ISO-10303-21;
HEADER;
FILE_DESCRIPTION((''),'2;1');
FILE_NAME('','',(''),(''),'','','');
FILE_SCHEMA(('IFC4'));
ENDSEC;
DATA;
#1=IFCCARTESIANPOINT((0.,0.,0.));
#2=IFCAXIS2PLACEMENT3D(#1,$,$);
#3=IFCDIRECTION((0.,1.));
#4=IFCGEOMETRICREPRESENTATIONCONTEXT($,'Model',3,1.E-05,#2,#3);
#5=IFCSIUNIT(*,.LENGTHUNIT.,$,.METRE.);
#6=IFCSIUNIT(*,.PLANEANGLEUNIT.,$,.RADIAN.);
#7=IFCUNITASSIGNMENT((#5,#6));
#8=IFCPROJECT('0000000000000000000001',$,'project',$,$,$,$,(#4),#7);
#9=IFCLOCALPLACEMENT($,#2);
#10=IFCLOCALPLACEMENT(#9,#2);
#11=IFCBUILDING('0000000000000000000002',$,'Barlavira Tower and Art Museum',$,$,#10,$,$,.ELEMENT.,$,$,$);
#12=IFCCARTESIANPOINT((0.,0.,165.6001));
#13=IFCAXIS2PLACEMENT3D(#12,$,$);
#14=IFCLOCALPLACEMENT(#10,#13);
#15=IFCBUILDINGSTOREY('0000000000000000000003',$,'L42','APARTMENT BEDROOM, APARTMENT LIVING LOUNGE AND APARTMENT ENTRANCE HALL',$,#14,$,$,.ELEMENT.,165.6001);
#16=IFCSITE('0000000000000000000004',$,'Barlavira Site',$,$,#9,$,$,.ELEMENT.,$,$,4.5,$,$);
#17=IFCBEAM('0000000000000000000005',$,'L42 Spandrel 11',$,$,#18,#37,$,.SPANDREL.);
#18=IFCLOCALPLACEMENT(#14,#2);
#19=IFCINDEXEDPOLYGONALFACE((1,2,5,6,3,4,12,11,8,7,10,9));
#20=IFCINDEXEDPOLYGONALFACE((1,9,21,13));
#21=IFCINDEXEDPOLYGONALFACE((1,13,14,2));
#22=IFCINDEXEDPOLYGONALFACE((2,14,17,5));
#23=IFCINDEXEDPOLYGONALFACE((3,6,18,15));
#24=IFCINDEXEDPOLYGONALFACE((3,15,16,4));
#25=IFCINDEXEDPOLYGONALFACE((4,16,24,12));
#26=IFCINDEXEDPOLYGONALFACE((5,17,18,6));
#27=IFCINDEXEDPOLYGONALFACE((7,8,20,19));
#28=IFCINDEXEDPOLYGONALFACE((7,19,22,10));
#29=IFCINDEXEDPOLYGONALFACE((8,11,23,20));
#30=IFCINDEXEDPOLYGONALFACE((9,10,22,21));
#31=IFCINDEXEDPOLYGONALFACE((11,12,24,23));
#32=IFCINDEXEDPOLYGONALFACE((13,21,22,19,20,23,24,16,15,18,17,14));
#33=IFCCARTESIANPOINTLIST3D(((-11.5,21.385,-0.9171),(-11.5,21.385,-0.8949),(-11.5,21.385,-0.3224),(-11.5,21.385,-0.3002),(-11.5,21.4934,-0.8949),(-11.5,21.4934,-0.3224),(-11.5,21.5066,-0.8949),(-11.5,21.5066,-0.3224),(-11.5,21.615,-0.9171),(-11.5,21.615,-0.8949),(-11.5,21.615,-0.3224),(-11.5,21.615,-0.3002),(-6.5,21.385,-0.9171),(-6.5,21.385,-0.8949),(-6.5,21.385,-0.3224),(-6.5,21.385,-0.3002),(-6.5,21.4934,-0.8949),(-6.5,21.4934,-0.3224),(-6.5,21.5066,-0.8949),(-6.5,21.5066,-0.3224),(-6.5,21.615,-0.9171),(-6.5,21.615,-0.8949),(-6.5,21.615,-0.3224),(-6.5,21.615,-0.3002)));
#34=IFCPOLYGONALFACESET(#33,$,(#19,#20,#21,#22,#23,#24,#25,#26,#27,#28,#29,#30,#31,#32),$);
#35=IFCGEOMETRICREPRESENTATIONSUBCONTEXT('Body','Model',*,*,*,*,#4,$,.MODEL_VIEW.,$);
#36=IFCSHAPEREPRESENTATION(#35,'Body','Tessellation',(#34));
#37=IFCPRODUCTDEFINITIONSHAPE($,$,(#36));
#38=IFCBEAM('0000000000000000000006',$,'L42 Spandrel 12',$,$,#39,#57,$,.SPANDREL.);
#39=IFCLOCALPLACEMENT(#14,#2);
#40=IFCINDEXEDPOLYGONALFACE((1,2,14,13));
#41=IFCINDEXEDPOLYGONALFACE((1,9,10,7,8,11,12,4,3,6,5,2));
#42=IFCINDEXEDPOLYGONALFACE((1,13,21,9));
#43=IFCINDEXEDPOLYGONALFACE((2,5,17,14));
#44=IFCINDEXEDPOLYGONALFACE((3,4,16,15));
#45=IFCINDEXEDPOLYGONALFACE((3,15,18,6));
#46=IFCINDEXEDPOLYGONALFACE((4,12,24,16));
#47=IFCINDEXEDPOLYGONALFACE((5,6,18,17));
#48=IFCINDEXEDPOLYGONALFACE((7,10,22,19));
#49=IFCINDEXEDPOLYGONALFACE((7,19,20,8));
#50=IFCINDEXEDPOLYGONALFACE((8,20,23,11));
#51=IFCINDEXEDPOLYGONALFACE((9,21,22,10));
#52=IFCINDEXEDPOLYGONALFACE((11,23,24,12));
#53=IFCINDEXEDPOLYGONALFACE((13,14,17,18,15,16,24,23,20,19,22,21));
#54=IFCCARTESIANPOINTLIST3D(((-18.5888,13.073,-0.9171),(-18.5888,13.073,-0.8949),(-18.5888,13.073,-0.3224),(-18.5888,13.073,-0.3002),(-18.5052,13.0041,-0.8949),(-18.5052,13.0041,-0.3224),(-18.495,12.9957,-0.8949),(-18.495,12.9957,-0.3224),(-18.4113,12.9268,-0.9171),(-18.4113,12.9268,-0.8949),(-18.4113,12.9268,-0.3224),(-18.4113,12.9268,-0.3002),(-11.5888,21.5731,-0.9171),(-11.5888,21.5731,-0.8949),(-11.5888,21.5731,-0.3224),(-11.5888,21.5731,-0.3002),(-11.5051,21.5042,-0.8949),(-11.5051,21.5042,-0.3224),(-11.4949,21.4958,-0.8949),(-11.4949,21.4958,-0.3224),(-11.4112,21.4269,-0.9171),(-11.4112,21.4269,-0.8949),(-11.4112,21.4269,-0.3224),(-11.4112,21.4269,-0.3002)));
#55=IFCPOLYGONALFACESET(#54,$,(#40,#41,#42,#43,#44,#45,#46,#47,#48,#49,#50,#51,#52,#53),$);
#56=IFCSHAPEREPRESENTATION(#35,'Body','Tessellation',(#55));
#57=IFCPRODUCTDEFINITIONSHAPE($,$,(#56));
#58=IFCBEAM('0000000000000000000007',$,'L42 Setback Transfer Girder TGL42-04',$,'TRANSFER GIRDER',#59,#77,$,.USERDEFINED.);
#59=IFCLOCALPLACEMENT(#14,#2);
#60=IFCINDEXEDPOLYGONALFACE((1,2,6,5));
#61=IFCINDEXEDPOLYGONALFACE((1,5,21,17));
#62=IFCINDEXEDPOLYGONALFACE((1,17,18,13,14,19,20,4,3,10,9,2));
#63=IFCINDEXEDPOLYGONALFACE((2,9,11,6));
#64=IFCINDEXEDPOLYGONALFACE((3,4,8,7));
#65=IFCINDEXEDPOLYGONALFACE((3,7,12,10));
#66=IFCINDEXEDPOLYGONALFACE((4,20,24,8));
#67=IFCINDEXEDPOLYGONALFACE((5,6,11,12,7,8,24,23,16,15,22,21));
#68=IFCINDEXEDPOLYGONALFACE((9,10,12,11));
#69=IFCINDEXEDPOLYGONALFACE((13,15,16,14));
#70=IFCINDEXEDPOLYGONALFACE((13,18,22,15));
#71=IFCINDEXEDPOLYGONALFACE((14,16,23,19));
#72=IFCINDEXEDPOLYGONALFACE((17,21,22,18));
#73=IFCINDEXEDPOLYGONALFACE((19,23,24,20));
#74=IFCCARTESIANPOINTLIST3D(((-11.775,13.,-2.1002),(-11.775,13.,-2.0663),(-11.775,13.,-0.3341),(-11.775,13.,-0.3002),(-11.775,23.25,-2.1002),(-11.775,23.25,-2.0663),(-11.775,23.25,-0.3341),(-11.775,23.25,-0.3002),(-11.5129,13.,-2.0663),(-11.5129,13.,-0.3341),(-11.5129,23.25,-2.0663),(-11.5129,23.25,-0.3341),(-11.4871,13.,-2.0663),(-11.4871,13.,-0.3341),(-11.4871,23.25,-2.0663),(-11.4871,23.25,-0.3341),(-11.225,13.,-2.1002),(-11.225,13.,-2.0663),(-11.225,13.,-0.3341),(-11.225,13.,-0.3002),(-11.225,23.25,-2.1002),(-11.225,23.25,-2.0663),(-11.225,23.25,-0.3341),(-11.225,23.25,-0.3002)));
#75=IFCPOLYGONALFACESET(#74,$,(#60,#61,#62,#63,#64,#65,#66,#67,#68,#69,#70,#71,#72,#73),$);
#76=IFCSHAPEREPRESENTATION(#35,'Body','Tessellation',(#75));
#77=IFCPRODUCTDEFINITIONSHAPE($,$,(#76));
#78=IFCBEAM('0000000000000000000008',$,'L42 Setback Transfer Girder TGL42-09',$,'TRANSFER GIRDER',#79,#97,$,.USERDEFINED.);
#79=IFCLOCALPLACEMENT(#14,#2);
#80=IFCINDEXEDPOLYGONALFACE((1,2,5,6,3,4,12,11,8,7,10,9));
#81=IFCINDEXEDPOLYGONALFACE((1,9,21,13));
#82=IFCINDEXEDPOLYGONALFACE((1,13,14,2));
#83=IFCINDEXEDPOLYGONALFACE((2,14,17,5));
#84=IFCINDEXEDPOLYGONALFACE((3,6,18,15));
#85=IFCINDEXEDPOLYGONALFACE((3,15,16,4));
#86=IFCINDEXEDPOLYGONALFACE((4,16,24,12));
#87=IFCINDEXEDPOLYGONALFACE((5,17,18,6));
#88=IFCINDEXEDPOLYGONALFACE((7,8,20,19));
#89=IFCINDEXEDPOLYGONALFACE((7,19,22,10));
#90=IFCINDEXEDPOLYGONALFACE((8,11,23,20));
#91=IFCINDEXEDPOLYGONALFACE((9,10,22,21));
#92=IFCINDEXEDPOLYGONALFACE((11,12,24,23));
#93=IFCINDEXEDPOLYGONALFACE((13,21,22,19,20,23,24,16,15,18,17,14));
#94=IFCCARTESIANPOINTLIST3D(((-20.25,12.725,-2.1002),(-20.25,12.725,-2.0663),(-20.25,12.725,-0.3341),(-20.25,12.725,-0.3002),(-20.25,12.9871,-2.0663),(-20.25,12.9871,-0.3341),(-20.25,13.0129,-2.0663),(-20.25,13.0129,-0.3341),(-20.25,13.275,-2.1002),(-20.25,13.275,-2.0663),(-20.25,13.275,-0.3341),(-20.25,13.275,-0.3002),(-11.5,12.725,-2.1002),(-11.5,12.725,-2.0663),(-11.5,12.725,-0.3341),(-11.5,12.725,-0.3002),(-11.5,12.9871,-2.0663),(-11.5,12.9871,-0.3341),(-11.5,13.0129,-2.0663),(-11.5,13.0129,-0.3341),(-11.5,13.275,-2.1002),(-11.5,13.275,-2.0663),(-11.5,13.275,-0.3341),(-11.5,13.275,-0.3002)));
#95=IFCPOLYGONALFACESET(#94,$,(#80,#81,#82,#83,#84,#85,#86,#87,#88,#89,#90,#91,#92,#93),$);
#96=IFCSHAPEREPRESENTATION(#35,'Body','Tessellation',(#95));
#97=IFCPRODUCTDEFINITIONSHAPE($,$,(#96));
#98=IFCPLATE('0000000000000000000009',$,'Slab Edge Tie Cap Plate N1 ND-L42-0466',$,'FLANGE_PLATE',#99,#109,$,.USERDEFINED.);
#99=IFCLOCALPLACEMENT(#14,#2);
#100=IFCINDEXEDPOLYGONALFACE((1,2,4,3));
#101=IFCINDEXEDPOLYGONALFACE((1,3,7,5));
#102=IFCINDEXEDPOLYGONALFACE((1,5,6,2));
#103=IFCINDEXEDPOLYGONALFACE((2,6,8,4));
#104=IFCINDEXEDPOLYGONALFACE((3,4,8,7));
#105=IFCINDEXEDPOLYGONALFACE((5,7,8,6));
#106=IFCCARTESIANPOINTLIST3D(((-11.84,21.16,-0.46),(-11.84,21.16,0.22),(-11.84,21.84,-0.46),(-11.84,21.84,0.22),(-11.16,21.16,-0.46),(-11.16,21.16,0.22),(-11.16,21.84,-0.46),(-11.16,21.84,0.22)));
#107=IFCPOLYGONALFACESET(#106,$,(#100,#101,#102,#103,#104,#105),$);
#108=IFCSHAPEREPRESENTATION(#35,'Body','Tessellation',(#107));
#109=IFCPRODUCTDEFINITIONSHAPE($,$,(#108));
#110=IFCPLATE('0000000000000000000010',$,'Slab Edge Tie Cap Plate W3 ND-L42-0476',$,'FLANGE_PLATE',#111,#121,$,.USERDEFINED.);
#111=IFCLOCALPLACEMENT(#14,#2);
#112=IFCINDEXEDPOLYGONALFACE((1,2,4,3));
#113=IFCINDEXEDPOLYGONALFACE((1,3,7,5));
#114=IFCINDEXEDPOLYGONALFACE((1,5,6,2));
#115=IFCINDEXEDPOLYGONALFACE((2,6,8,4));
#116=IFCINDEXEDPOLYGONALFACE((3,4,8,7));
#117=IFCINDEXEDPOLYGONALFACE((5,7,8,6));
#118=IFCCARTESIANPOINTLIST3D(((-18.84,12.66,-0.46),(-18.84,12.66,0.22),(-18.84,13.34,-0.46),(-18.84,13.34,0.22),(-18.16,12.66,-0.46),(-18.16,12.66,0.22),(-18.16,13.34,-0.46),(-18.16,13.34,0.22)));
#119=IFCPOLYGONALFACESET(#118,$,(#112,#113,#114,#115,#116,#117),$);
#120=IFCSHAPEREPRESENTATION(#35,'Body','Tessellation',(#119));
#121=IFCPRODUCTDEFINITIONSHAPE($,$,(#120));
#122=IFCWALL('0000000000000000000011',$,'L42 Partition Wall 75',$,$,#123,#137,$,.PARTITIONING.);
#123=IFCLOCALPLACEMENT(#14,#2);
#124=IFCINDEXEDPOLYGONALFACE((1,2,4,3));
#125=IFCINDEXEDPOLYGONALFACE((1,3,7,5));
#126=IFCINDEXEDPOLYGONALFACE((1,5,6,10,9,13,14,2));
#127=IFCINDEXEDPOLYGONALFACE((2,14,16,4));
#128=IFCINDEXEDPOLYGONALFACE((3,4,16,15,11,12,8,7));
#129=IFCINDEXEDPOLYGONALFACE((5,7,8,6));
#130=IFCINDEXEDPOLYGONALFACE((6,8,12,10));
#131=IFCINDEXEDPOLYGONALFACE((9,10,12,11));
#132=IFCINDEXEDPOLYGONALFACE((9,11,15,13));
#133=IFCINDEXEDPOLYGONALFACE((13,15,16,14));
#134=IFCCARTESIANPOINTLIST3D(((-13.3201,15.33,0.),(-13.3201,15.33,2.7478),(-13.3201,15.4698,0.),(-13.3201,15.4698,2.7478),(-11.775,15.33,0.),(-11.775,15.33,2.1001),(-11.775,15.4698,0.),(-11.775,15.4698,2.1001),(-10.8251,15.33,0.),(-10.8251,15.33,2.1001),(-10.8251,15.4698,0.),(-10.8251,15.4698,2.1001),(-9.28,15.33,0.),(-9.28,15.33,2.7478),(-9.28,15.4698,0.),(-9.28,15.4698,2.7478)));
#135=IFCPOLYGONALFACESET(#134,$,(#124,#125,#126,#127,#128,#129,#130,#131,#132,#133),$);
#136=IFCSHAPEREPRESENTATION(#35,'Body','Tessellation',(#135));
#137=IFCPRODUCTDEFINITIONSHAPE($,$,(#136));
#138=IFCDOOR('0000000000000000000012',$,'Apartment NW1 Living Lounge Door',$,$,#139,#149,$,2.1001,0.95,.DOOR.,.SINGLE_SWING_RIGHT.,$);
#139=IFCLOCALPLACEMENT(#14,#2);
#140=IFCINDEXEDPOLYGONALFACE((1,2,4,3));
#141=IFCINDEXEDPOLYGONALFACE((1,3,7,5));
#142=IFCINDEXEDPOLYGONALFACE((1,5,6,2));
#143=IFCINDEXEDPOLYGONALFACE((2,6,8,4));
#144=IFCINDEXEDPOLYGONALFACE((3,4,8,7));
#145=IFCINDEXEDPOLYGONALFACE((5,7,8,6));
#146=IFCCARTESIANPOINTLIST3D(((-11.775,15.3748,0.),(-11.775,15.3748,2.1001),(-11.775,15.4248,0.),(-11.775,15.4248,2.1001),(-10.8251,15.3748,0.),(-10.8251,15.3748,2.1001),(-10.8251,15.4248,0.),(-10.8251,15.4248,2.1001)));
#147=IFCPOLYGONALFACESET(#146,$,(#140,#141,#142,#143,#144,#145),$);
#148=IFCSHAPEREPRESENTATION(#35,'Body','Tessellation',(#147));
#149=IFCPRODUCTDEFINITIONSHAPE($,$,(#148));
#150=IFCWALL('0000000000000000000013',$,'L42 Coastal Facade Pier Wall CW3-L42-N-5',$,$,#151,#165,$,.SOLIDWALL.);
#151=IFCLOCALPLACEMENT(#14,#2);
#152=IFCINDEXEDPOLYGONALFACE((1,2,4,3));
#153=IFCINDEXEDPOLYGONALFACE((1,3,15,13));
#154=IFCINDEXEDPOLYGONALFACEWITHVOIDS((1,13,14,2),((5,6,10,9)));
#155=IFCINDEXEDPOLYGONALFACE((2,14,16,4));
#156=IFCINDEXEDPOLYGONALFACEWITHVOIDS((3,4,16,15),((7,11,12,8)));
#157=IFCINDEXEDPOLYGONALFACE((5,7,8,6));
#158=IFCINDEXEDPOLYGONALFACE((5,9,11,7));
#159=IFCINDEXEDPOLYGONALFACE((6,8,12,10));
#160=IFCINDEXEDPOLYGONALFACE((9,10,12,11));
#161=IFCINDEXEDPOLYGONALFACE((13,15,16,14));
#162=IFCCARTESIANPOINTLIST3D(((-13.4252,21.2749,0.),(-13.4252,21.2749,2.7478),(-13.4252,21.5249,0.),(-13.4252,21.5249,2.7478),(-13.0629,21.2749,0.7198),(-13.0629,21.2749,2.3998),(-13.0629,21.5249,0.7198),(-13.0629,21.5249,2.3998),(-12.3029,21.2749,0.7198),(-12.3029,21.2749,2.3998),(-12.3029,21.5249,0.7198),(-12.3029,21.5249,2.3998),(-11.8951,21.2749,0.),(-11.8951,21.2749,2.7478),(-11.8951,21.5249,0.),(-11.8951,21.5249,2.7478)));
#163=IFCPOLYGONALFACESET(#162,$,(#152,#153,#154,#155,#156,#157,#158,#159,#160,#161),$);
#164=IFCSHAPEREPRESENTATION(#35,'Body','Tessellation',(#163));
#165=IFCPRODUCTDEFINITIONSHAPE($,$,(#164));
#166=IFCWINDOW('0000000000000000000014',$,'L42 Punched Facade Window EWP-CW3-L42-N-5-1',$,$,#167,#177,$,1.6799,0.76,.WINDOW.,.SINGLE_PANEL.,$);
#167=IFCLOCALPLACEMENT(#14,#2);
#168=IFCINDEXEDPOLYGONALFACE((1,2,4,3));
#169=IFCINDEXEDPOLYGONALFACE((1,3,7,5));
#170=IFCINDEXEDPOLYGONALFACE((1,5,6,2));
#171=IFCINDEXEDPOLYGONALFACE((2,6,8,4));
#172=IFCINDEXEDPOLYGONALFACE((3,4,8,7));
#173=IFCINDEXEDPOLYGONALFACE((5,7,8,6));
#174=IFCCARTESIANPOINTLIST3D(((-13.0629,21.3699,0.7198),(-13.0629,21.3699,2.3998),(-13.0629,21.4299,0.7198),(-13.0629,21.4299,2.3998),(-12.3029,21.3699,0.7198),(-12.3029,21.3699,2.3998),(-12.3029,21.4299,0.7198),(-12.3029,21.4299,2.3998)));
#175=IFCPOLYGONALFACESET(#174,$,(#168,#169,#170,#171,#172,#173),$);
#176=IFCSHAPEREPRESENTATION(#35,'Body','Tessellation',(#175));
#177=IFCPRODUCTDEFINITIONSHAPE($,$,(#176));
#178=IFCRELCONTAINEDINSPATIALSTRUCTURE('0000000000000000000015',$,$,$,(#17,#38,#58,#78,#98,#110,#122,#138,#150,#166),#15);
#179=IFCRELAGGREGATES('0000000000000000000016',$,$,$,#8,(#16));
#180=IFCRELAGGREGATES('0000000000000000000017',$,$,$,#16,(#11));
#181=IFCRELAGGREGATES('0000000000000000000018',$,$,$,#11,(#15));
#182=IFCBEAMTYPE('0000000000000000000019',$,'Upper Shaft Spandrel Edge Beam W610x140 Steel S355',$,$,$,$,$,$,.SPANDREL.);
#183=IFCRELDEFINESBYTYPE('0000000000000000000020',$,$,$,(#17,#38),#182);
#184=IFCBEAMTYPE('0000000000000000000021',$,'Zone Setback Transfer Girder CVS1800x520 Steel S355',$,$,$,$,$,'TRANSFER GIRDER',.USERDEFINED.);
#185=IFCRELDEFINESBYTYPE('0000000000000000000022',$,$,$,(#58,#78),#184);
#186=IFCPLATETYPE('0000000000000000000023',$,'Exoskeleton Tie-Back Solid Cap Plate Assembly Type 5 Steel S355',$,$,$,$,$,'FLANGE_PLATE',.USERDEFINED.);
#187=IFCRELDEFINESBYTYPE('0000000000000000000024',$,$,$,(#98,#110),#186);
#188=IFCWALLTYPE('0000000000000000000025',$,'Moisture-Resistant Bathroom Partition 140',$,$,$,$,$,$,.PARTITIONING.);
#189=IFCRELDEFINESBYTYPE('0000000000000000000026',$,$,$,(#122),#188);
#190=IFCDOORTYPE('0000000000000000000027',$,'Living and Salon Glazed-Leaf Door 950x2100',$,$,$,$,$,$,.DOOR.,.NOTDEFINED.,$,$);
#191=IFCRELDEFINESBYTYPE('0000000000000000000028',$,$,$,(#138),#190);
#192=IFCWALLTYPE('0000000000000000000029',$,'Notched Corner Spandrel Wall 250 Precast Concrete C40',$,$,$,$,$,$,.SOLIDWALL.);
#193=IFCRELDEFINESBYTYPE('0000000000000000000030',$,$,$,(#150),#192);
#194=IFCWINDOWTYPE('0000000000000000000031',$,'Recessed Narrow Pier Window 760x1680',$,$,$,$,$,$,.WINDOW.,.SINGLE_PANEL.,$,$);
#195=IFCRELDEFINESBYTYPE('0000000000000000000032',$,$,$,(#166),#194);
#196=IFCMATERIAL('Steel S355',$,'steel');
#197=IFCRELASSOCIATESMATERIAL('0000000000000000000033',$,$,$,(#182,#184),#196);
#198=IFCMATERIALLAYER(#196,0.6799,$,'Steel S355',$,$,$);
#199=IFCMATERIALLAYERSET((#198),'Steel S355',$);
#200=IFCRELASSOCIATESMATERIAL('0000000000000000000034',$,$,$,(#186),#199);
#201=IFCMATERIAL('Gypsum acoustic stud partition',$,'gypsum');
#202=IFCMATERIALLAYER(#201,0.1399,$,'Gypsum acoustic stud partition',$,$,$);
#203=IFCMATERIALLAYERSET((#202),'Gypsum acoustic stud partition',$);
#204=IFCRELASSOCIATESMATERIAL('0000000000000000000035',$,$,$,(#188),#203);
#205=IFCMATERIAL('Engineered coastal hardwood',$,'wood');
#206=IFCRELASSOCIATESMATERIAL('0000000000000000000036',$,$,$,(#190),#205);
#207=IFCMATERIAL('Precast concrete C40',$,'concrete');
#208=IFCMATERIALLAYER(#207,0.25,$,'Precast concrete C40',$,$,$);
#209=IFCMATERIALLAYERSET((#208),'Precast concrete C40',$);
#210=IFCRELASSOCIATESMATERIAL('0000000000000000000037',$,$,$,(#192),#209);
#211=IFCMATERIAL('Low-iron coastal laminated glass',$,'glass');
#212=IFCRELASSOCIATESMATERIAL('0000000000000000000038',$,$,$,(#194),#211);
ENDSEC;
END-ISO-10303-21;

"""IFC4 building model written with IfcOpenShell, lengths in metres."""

from ifc_helpers import new_model, si_unit, direction, frame, frame_2d, origin, origin_2d, place, context, subcontext, project, spatial, rectangle, i_section, extrude, material, layer, layer_set, material_profile, profile_set, type_object, element, fill, save


model = new_model("IFC4")

# Units and contexts
model_context = context("Model", 3, precision=1e-05, world=origin(), true_north=direction((0.0, 1.0)))
body_context = subcontext(model_context, "Body", "Model", "MODEL_VIEW")
ifc_project = project(units=[si_unit("LENGTHUNIT", "METRE"), si_unit("PLANEANGLEUNIT", "RADIAN")], contexts=[model_context])

# Site, building, storey
site_placement = place(None, origin())
site = spatial("IfcSite", under=ifc_project, at=site_placement, Name="Barlavira Site", CompositionType="ELEMENT", RefElevation=4.5)
building_placement = place(site_placement, origin())
building = spatial("IfcBuilding", under=site, at=building_placement, Name="Barlavira Tower and Art Museum", CompositionType="ELEMENT")
storey_placement = place(building_placement, frame((0.0, 0.0, 165.6001)))
storey = spatial("IfcBuildingStorey", under=building, at=storey_placement, Name="L42", Description="APARTMENT BEDROOM, APARTMENT LIVING LOUNGE AND APARTMENT ENTRANCE HALL", CompositionType="ELEMENT", Elevation=165.6001)

# Shared definitions
ifc_material_1 = material(Name="Steel S355", Category="steel")

# Beams
ifc_material_profile_1 = material_profile(ifc_material_1, i_section(OverallWidth=0.23, OverallDepth=0.6169, WebThickness=0.0132, FlangeThickness=0.0222, at=origin_2d()), Name="W610x140.0")
ifc_profile_set_1 = profile_set([ifc_material_profile_1], Name="Steel S355")
beam_type_1 = type_object("IfcBeamType", Name="Upper Shaft Spandrel Edge Beam W610x140 Steel S355", PredefinedType="SPANDREL", material=ifc_profile_set_1)
beam_1_placement = place(storey_placement, frame((-11.5, 21.5, -0.6086), z_axis=(1.0, 0.0, 0.0), x_axis=(0.0, 1.0, 0.0)))
element("IfcBeam", 1, at=beam_1_placement, inside=storey, type_object=beam_type_1, Name="L42 Spandrel 11", PredefinedType="SPANDREL", context=body_context, shape_type="SweptSolid", body=[
    extrude(i_section(OverallWidth=0.23, OverallDepth=0.6169, WebThickness=0.0132, FlangeThickness=0.0222, at=origin_2d()), origin(), (0.0, 0.0, 1.0), 5.0),
])
beam_2_placement = place(storey_placement, frame((-11.5, 21.5, -0.6086), z_axis=(-0.635707, -0.77193, 0.0), x_axis=(0.77193, -0.635707, 0.0)))
element("IfcBeam", 2, at=beam_2_placement, inside=storey, type_object=beam_type_1, Name="L42 Spandrel 12", PredefinedType="SPANDREL", context=body_context, shape_type="SweptSolid", body=[
    extrude(i_section(OverallWidth=0.23, OverallDepth=0.6169, WebThickness=0.0132, FlangeThickness=0.0222, at=origin_2d()), origin(), (0.0, 0.0, 1.0), 11.0115),
])
ifc_material_profile_2 = material_profile(ifc_material_1, i_section(OverallWidth=0.55, OverallDepth=1.8, WebThickness=0.0259, FlangeThickness=0.0339, at=origin_2d()), Name="CVS1800x520")
ifc_profile_set_2 = profile_set([ifc_material_profile_2], Name="Steel S355")
beam_type_2 = type_object("IfcBeamType", Name="Zone Setback Transfer Girder CVS1800x520 Steel S355", ElementType="TRANSFER GIRDER", PredefinedType="USERDEFINED", material=ifc_profile_set_2)
beam_3_placement = place(storey_placement, frame((-11.5, 13.0, -1.2002), z_axis=(0.0, 1.0, 0.0), x_axis=(-1.0, 0.0, 0.0)))
element("IfcBeam", 3, at=beam_3_placement, inside=storey, type_object=beam_type_2, Name="L42 Setback Transfer Girder TGL42-04", ObjectType="TRANSFER GIRDER", PredefinedType="USERDEFINED", context=body_context, shape_type="SweptSolid", body=[
    extrude(i_section(OverallWidth=0.55, OverallDepth=1.8, WebThickness=0.0259, FlangeThickness=0.0339, at=origin_2d()), origin(), (0.0, 0.0, 1.0), 10.25),
])
beam_4_placement = place(storey_placement, frame((-20.25, 13.0, -1.2002), z_axis=(1.0, 0.0, 0.0), x_axis=(0.0, 1.0, 0.0)))
element("IfcBeam", 4, at=beam_4_placement, inside=storey, type_object=beam_type_2, Name="L42 Setback Transfer Girder TGL42-09", ObjectType="TRANSFER GIRDER", PredefinedType="USERDEFINED", context=body_context, shape_type="SweptSolid", body=[
    extrude(i_section(OverallWidth=0.55, OverallDepth=1.8, WebThickness=0.0259, FlangeThickness=0.0339, at=origin_2d()), origin(), (0.0, 0.0, 1.0), 8.75),
])

# Plates
ifc_layer_1 = layer(ifc_material_1, 0.6799, Name="Steel S355")
ifc_layer_set_1 = layer_set([ifc_layer_1], Name="Steel S355")
plate_type = type_object("IfcPlateType", Name="Exoskeleton Tie-Back Solid Cap Plate Assembly Type 5 Steel S355", ElementType="FLANGE_PLATE", PredefinedType="USERDEFINED", material=ifc_layer_set_1)
for number, where, z_axis, x_axis, name in (
    (5, (-11.5, 21.5, -0.46), (0.0, 0.0, 1.0), (1.0, 0.0, 0.0), "Slab Edge Tie Cap Plate N1 ND-L42-0466"),
    (6, (-18.5, 13.0, -0.46), (0.0, 0.0, 1.0), (1.0, 0.0, 0.0), "Slab Edge Tie Cap Plate W3 ND-L42-0476"),
):
    element("IfcPlate", number, at=place(storey_placement, frame(where, z_axis=z_axis, x_axis=x_axis)), inside=storey, type_object=plate_type, Name=name, ObjectType="FLANGE_PLATE", PredefinedType="USERDEFINED", context=body_context, shape_type="SweptSolid", body=[
        extrude(rectangle(XDim=0.6799, YDim=0.6799, at=origin_2d()), origin(), (0.0, 0.0, 1.0), 0.6799),
    ])

# Wall, opening, door
ifc_material_2 = material(Name="Gypsum acoustic stud partition", Category="gypsum")
ifc_layer_2 = layer(ifc_material_2, 0.1399, Name="Gypsum acoustic stud partition")
ifc_layer_set_2 = layer_set([ifc_layer_2], Name="Gypsum acoustic stud partition")
wall_type_1 = type_object("IfcWallType", Name="Moisture-Resistant Bathroom Partition 140", PredefinedType="PARTITIONING", material=ifc_layer_set_2)
wall_1_placement = place(storey_placement, frame((-13.3201, 15.3999, 0.0), z_axis=(0.0, 0.0, 1.0), x_axis=(1.0, 0.0, 0.0)))
wall_1 = element("IfcWall", 7, at=wall_1_placement, inside=storey, type_object=wall_type_1, Name="L42 Partition Wall 75", PredefinedType="PARTITIONING", context=body_context, shape_type="SweptSolid", body=[
    extrude(rectangle(XDim=4.04, YDim=0.1399, at=frame_2d((2.02, 0.0))), origin(), (0.0, 0.0, 1.0), 2.7478),
])
opening_1_placement = place(wall_1_placement, frame((1.5449, 0.0, 0.0)))
opening_1 = element("IfcOpeningElement", 8, at=opening_1_placement, cuts=wall_1, PredefinedType="OPENING", context=body_context, shape_type="SweptSolid", body=[
    extrude(rectangle(XDim=0.95, YDim=2.1001, at=frame_2d((0.4751, 1.05))), frame((0.0, 0.0801, 0.0), z_axis=(0.0, -1.0, 0.0), x_axis=(1.0, 0.0, 0.0)), (0.0, 0.0, 1.0), 0.1599),
])
ifc_material_3 = material(Name="Engineered coastal hardwood", Category="wood")
door_type = type_object("IfcDoorType", Name="Living and Salon Glazed-Leaf Door 950x2100", OperationType="NOTDEFINED", PredefinedType="DOOR", material=ifc_material_3)
door_placement = place(opening_1_placement, origin())
door = element("IfcDoor", 9, at=door_placement, inside=storey, type_object=door_type, Name="Apartment NW1 Living Lounge Door", OperationType="SINGLE_SWING_RIGHT", OverallHeight=2.1001, OverallWidth=0.95, PredefinedType="DOOR", context=body_context, shape_type="SweptSolid", body=[
    extrude(rectangle(XDim=0.95, YDim=2.1001, at=frame_2d((0.4751, 1.05))), frame((0.0, 0.0249, 0.0), z_axis=(0.0, -1.0, 0.0), x_axis=(1.0, 0.0, 0.0)), (0.0, 0.0, 1.0), 0.05),
])
fill(opening_1, door)

# Wall, opening, window
ifc_material_4 = material(Name="Precast concrete C40", Category="concrete")
ifc_layer_3 = layer(ifc_material_4, 0.25, Name="Precast concrete C40")
ifc_layer_set_3 = layer_set([ifc_layer_3], Name="Precast concrete C40")
wall_type_2 = type_object("IfcWallType", Name="Notched Corner Spandrel Wall 250 Precast Concrete C40", PredefinedType="SOLIDWALL", material=ifc_layer_set_3)
wall_2_placement = place(storey_placement, frame((-11.895, 21.3999, 0.0), z_axis=(0.0, 0.0, 1.0), x_axis=(-1.0, 0.0, 0.0)))
wall_2 = element("IfcWall", 10, at=wall_2_placement, inside=storey, type_object=wall_type_2, Name="L42 Coastal Facade Pier Wall CW3-L42-N-5", PredefinedType="SOLIDWALL", context=body_context, shape_type="SweptSolid", body=[
    extrude(rectangle(XDim=1.53, YDim=0.25, at=frame_2d((0.7651, 0.0))), origin(), (0.0, 0.0, 1.0), 2.7478),
])
opening_2_placement = place(wall_2_placement, frame((0.408, 0.0, 0.72)))
opening_2 = element("IfcOpeningElement", 11, at=opening_2_placement, cuts=wall_2, PredefinedType="OPENING", context=body_context, shape_type="SweptSolid", body=[
    extrude(rectangle(XDim=0.76, YDim=1.6799, at=frame_2d((0.3799, 0.8398))), frame((0.0, 0.135, 0.0), z_axis=(0.0, -1.0, 0.0), x_axis=(1.0, 0.0, 0.0)), (0.0, 0.0, 1.0), 0.27),
])
ifc_material_5 = material(Name="Low-iron coastal laminated glass", Category="glass")
window_type_1 = type_object("IfcWindowType", Name="Recessed Narrow Pier Window 760x1680", PartitioningType="SINGLE_PANEL", PredefinedType="WINDOW", material=ifc_material_5)
window_1_placement = place(opening_2_placement, origin())
window_1 = element("IfcWindow", 12, at=window_1_placement, inside=storey, type_object=window_type_1, Name="L42 Punched Facade Window EWP-CW3-L42-N-5-1", OverallHeight=1.6799, OverallWidth=0.76, PartitioningType="SINGLE_PANEL", PredefinedType="WINDOW", context=body_context, shape_type="SweptSolid", body=[
    extrude(rectangle(XDim=0.76, YDim=1.6799, at=frame_2d((0.3799, 0.8398))), frame((0.0, 0.03, 0.0), z_axis=(0.0, -1.0, 0.0), x_axis=(1.0, 0.0, 0.0)), (0.0, 0.0, 1.0), 0.0601),
])
fill(opening_2, window_1)

save(model, "model.ifc")
